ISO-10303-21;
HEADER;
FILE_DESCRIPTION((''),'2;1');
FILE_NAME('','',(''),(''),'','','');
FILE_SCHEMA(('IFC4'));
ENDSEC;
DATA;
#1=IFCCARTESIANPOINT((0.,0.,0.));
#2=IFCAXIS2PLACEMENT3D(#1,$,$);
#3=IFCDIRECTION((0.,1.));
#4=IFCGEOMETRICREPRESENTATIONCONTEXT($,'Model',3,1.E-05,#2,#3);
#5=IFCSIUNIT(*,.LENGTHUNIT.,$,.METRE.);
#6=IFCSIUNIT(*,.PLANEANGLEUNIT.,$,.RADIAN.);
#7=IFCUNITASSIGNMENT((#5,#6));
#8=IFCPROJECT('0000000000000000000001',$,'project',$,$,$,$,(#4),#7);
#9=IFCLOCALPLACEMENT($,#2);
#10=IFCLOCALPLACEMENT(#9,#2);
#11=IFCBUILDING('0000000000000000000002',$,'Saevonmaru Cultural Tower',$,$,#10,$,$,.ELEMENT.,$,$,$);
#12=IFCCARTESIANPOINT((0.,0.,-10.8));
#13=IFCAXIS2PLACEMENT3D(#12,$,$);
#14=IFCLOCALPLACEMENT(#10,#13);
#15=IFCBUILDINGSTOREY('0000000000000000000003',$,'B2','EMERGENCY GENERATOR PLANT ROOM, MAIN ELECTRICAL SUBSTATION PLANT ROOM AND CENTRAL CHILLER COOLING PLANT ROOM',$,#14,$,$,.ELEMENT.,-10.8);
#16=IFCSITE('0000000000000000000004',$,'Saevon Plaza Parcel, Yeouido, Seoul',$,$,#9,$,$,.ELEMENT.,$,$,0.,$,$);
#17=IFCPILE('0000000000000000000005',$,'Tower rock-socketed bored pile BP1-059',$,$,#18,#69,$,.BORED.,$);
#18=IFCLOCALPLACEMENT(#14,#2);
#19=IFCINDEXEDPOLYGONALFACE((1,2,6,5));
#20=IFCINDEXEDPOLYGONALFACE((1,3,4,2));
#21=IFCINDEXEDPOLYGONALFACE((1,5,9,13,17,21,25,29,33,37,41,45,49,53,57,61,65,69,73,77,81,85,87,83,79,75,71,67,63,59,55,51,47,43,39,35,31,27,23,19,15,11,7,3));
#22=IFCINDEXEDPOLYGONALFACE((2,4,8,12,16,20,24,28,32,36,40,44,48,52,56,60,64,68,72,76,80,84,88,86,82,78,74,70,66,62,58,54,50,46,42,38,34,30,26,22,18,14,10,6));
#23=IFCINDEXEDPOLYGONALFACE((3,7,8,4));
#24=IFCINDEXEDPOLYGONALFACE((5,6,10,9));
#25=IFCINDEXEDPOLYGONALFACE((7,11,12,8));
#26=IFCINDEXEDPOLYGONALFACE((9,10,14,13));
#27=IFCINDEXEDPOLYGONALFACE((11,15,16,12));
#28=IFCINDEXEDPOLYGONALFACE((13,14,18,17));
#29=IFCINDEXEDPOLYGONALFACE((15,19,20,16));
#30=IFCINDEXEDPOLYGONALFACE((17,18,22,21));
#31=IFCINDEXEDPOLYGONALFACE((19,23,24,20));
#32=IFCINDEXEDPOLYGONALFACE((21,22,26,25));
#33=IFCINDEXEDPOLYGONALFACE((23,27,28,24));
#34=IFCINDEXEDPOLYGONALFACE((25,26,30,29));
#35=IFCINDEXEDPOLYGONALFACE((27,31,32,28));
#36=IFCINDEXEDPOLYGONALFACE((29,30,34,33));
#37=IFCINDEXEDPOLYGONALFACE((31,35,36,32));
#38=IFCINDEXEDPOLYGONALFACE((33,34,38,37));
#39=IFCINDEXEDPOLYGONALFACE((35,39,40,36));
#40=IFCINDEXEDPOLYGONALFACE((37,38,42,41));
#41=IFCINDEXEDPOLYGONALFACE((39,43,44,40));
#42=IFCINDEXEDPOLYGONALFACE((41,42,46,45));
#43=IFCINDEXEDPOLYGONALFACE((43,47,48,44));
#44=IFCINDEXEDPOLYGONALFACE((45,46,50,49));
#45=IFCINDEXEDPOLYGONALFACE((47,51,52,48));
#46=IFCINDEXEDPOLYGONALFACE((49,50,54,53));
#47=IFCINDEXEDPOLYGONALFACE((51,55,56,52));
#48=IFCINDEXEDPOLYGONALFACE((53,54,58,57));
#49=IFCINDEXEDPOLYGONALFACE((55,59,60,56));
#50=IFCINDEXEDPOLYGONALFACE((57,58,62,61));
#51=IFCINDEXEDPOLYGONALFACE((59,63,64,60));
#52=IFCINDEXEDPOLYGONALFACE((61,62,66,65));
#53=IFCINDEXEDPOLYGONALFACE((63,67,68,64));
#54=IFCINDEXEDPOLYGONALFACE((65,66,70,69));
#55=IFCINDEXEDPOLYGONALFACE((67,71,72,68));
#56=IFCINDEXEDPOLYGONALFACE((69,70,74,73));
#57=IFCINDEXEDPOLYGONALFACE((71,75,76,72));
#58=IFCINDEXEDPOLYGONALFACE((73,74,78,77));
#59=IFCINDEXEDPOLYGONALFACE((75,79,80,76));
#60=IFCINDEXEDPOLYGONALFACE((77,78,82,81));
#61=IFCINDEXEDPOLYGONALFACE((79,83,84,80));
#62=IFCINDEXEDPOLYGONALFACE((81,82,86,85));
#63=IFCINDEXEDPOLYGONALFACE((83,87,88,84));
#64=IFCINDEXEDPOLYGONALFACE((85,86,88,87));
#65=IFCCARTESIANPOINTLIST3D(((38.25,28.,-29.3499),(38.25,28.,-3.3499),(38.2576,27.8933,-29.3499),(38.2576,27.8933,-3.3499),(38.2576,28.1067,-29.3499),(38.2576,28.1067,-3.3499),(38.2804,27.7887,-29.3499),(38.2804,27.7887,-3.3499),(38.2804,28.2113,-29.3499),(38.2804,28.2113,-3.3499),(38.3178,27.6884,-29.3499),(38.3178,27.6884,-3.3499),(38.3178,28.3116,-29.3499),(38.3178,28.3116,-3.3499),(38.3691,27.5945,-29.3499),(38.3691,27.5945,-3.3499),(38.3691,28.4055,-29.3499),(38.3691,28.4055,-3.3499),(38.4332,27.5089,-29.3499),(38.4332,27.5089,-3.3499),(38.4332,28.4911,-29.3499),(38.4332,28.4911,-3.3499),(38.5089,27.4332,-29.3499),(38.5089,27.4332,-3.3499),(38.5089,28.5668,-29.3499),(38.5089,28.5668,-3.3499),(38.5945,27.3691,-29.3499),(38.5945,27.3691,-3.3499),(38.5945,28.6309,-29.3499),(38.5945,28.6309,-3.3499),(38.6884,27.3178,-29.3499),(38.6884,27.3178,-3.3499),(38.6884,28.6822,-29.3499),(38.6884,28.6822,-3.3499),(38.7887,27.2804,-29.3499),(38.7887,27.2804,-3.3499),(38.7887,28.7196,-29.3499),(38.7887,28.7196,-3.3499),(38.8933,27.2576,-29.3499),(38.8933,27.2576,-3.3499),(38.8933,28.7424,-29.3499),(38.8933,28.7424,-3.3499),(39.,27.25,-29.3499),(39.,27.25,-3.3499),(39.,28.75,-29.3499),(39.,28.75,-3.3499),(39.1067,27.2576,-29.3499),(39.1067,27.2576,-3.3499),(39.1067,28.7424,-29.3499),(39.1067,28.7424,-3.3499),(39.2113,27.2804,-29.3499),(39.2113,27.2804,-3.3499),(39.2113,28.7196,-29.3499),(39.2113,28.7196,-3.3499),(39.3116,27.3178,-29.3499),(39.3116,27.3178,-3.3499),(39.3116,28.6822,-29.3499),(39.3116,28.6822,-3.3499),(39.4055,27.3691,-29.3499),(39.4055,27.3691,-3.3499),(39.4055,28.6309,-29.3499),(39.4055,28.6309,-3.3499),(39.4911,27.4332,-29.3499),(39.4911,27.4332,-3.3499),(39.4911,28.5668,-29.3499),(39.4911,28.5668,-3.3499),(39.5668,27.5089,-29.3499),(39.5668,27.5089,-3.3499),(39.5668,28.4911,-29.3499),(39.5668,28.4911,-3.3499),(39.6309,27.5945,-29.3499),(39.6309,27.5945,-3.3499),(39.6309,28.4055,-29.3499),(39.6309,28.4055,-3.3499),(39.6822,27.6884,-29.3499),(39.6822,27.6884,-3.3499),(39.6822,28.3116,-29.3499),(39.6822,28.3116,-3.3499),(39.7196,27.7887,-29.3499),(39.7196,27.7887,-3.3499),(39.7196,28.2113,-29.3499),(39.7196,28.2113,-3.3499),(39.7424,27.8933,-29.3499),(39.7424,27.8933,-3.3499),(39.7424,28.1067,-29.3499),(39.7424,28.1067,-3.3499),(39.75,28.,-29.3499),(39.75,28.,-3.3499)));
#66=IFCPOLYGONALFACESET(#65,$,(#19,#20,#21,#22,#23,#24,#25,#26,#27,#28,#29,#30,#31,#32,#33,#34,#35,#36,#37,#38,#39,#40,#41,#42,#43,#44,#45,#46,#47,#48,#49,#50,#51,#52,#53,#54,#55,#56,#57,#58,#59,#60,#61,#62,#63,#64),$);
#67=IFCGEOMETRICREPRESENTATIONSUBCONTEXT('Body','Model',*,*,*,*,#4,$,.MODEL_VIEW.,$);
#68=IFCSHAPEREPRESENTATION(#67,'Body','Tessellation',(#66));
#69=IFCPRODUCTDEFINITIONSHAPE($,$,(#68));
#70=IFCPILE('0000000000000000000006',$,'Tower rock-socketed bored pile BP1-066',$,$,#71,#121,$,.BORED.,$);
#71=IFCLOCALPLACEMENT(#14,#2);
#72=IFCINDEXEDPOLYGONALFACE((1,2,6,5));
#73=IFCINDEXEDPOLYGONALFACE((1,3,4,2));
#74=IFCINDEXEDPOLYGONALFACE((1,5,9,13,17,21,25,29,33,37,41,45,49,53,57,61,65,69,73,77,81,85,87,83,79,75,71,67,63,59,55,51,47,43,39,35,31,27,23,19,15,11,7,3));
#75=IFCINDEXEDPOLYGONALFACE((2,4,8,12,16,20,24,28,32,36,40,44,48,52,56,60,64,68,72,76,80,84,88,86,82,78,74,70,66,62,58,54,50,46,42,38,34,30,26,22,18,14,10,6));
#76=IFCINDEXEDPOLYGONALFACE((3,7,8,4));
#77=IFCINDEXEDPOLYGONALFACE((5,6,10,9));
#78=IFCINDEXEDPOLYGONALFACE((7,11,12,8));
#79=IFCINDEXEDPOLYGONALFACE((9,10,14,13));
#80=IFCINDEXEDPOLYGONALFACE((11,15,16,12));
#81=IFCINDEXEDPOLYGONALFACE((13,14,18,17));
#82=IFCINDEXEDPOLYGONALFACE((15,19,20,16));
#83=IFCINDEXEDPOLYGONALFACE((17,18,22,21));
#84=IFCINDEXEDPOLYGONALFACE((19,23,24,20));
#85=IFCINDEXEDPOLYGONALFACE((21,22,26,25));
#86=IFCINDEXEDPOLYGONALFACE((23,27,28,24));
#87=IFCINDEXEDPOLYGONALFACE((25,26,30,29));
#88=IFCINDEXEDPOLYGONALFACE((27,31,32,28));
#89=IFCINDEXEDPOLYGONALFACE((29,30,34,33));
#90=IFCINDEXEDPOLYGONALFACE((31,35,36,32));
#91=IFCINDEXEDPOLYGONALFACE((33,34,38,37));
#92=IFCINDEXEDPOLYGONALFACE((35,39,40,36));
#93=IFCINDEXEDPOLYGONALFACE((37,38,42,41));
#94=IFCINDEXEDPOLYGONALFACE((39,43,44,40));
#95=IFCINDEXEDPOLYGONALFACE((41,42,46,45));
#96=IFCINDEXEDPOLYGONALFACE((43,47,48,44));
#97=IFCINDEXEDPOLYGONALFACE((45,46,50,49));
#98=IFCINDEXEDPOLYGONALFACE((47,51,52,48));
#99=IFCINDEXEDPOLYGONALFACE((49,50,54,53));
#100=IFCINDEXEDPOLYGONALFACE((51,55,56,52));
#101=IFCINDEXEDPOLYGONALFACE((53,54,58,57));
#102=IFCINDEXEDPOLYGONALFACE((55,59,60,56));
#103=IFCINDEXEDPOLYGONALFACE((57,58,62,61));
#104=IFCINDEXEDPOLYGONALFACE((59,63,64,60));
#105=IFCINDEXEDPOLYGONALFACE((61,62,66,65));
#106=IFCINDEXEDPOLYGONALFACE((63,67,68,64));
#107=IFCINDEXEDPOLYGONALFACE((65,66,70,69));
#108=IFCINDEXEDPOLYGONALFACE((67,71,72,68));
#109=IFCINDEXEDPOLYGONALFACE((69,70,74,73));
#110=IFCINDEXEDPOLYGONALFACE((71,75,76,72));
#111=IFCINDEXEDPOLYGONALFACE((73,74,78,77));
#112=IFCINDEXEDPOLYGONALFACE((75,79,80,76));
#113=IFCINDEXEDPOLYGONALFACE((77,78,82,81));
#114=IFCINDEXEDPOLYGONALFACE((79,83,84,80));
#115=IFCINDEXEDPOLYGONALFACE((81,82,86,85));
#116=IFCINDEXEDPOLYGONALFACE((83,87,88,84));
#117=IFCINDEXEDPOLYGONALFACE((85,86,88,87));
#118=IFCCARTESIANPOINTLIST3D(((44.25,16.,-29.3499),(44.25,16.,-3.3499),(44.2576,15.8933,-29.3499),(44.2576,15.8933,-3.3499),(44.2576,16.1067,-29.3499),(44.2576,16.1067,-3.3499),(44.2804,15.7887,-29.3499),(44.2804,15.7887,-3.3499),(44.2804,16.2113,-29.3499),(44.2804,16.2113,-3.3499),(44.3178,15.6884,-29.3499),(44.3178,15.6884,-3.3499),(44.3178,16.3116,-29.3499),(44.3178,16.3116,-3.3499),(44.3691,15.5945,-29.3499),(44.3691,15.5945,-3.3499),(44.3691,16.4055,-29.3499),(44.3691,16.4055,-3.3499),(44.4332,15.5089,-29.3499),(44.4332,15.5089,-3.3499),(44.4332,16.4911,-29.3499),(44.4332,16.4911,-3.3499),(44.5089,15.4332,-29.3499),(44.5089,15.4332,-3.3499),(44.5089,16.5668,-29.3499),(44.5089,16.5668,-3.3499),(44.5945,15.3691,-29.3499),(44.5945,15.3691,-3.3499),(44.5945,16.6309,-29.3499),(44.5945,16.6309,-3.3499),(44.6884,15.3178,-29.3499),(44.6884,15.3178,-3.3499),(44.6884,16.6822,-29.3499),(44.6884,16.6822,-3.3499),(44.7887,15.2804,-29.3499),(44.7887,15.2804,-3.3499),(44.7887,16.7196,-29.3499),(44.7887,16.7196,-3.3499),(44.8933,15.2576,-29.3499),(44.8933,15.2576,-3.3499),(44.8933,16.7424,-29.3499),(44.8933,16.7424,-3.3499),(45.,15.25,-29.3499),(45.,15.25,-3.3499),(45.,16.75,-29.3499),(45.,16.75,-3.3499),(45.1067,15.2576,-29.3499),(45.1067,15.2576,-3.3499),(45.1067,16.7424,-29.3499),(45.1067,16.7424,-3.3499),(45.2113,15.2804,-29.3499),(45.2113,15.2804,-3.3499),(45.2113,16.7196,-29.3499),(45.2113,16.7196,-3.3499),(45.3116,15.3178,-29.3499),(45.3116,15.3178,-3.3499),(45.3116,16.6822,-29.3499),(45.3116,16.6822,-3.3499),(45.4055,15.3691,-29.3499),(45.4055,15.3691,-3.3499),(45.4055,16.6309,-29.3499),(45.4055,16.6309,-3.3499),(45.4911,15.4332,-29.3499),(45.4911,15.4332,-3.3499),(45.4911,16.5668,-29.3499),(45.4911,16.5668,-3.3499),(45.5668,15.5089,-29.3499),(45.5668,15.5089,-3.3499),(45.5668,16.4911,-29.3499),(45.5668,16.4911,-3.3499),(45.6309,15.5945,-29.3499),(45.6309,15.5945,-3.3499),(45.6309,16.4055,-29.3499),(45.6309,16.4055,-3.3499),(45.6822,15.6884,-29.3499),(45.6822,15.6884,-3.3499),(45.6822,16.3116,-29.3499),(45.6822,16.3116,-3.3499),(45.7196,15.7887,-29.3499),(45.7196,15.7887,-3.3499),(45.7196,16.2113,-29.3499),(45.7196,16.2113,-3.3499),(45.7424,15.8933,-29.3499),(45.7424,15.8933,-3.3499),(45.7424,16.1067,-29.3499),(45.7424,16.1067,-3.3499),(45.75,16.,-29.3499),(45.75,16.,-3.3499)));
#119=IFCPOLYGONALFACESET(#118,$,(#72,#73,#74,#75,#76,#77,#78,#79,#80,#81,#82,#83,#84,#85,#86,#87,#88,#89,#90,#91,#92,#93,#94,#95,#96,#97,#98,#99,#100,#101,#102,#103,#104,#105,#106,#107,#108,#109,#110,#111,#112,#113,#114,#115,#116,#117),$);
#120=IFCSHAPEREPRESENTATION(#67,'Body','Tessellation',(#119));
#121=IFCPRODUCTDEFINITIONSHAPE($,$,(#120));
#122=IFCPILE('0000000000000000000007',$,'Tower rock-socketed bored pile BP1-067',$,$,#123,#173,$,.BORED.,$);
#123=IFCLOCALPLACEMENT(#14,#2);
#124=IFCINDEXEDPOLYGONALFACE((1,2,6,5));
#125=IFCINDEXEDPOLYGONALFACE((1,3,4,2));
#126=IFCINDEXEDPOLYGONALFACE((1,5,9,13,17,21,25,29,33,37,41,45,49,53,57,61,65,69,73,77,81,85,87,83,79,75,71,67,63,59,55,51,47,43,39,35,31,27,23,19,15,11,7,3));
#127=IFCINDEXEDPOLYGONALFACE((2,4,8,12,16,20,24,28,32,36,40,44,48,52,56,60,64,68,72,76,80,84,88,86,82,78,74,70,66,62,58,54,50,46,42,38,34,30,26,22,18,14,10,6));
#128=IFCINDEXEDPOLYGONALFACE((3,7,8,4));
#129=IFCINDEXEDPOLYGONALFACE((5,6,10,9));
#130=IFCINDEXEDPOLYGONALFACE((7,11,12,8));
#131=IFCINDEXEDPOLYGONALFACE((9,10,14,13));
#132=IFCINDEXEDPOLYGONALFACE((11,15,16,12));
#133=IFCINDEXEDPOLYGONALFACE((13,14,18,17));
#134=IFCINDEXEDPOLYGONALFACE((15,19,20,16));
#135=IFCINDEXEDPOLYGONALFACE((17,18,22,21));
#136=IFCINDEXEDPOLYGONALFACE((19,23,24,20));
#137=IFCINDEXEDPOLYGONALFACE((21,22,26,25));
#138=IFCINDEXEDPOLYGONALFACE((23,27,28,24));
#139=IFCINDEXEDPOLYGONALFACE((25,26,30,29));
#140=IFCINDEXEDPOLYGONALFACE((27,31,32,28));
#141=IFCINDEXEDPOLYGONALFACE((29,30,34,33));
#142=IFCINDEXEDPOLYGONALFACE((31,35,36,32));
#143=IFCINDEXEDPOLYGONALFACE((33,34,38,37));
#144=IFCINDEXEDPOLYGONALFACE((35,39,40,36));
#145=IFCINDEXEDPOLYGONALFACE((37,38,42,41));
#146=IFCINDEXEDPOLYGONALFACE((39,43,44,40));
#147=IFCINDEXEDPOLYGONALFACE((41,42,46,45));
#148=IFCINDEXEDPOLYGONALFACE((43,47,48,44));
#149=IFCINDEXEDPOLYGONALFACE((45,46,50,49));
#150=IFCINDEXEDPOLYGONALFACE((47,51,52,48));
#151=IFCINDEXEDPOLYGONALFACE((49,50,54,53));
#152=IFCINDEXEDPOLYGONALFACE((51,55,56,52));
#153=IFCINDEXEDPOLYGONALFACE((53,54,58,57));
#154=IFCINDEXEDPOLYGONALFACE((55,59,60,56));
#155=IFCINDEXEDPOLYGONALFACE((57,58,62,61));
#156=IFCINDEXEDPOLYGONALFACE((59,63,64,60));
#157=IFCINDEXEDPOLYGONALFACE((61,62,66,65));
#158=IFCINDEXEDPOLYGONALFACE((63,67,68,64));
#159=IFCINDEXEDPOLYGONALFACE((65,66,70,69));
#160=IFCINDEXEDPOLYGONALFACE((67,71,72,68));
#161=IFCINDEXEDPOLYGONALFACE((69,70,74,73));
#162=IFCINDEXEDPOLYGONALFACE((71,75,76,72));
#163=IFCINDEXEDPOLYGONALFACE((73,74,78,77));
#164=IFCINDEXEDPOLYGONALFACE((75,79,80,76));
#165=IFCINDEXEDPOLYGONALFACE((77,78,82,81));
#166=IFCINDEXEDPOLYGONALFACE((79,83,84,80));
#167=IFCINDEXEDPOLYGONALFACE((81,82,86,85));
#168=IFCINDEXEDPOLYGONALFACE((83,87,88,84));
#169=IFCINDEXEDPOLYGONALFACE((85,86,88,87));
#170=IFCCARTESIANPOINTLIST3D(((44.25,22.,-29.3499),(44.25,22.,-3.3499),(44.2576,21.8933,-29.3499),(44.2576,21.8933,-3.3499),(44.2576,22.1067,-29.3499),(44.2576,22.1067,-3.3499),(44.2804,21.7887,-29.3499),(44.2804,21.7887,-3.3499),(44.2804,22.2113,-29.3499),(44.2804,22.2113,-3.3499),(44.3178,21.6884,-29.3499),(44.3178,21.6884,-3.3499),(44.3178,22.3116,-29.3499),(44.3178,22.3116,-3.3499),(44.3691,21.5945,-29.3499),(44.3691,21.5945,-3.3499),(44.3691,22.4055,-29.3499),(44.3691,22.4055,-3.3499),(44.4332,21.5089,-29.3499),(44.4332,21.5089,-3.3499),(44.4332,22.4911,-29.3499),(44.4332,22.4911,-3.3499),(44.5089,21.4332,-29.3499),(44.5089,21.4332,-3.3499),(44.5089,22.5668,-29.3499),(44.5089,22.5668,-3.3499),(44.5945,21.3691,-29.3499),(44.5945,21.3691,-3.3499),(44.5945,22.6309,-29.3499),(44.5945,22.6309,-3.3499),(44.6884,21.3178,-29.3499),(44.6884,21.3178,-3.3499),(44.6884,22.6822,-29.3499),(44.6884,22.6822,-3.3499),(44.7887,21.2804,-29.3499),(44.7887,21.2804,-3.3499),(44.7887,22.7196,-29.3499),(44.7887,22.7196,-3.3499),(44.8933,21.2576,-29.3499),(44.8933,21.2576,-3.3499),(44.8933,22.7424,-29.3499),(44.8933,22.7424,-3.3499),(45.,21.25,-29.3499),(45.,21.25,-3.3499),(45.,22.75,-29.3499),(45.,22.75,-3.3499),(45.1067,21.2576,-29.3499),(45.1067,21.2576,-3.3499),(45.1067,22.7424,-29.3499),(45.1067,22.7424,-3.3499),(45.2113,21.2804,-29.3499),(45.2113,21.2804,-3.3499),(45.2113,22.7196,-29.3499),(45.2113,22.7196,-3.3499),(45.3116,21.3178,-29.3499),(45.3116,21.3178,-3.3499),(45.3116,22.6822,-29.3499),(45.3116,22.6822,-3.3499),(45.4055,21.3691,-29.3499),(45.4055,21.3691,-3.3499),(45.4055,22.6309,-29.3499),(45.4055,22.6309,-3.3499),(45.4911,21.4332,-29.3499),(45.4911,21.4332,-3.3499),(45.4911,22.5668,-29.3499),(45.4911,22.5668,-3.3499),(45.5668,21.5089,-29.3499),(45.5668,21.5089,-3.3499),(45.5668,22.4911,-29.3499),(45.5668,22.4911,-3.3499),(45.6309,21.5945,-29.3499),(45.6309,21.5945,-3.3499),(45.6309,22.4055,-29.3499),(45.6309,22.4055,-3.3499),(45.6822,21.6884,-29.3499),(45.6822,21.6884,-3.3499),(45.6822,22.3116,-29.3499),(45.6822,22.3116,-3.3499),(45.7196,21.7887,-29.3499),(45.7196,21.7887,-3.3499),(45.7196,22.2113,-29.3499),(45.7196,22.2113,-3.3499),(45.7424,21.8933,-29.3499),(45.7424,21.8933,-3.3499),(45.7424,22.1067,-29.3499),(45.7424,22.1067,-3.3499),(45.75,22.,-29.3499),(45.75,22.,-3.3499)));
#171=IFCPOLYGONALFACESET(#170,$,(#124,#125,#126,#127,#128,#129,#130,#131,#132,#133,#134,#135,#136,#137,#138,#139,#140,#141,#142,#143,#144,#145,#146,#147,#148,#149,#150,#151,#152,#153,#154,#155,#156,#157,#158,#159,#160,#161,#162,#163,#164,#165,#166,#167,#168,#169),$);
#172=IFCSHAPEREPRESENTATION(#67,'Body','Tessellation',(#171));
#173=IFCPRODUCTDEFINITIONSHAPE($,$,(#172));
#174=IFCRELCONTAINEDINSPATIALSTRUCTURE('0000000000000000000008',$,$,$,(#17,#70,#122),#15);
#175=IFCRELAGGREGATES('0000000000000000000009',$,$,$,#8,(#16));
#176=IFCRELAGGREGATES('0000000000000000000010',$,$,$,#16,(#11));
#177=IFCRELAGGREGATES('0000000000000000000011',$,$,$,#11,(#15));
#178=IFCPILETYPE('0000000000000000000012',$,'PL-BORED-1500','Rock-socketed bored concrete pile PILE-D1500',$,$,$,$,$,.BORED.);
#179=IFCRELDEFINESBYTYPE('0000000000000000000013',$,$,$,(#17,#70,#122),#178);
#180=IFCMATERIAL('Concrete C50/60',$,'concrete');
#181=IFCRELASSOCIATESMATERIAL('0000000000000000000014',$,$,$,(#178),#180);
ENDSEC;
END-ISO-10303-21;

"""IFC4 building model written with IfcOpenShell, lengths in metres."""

from ifc_helpers import new_model, si_unit, direction, frame, origin, origin_2d, place, context, subcontext, project, spatial, circle, extrude, material, material_profile, profile_set, type_object, element, save


model = new_model("IFC4")

# Units and contexts
model_context = context("Model", 3, precision=1e-05, world=origin(), true_north=direction((0.0, 1.0)))
body_context = subcontext(model_context, "Body", "Model", "MODEL_VIEW")
ifc_project = project(units=[si_unit("LENGTHUNIT", "METRE"), si_unit("PLANEANGLEUNIT", "RADIAN")], contexts=[model_context])

# Site, building, storey
site_placement = place(None, origin())
site = spatial("IfcSite", under=ifc_project, at=site_placement, Name="Saevon Plaza Parcel, Yeouido, Seoul", CompositionType="ELEMENT", RefElevation=0.0)
building_placement = place(site_placement, origin())
building = spatial("IfcBuilding", under=site, at=building_placement, Name="Saevonmaru Cultural Tower", CompositionType="ELEMENT")
storey_placement = place(building_placement, frame((0.0, 0.0, -10.8)))
storey = spatial("IfcBuildingStorey", under=building, at=storey_placement, Name="B2", Description="EMERGENCY GENERATOR PLANT ROOM, MAIN ELECTRICAL SUBSTATION PLANT ROOM AND CENTRAL CHILLER COOLING PLANT ROOM", CompositionType="ELEMENT", Elevation=-10.8)

# Piles
ifc_material_1 = material(Name="Concrete C50/60", Category="concrete")
ifc_material_profile_1 = material_profile(ifc_material_1, circle(Radius=0.75, at=origin_2d()), Name="PILE-D1500")
ifc_profile_set_1 = profile_set([ifc_material_profile_1], Name="Concrete C50/60")
pile_type = type_object("IfcPileType", Name="PL-BORED-1500", Description="Rock-socketed bored concrete pile PILE-D1500", PredefinedType="BORED", material=ifc_profile_set_1)
for number, where, z_axis, x_axis, name in (
    (1, (39.0, 28.0, -3.3499), (0.0, 0.0, -1.0), (1.0, 0.0, 0.0), "Tower rock-socketed bored pile BP1-059"),
    (2, (45.0, 16.0, -3.3499), (0.0, 0.0, -1.0), (1.0, 0.0, 0.0), "Tower rock-socketed bored pile BP1-066"),
    (3, (45.0, 22.0, -3.3499), (0.0, 0.0, -1.0), (1.0, 0.0, 0.0), "Tower rock-socketed bored pile BP1-067"),
):
    element("IfcPile", number, at=place(storey_placement, frame(where, z_axis=z_axis, x_axis=x_axis)), inside=storey, type_object=pile_type, Name=name, PredefinedType="BORED", context=body_context, shape_type="SweptSolid", body=[
        extrude(circle(Radius=0.75, at=origin_2d()), origin(), (0.0, 0.0, 1.0), 26.0),
    ])

save(model, "model.ifc")
